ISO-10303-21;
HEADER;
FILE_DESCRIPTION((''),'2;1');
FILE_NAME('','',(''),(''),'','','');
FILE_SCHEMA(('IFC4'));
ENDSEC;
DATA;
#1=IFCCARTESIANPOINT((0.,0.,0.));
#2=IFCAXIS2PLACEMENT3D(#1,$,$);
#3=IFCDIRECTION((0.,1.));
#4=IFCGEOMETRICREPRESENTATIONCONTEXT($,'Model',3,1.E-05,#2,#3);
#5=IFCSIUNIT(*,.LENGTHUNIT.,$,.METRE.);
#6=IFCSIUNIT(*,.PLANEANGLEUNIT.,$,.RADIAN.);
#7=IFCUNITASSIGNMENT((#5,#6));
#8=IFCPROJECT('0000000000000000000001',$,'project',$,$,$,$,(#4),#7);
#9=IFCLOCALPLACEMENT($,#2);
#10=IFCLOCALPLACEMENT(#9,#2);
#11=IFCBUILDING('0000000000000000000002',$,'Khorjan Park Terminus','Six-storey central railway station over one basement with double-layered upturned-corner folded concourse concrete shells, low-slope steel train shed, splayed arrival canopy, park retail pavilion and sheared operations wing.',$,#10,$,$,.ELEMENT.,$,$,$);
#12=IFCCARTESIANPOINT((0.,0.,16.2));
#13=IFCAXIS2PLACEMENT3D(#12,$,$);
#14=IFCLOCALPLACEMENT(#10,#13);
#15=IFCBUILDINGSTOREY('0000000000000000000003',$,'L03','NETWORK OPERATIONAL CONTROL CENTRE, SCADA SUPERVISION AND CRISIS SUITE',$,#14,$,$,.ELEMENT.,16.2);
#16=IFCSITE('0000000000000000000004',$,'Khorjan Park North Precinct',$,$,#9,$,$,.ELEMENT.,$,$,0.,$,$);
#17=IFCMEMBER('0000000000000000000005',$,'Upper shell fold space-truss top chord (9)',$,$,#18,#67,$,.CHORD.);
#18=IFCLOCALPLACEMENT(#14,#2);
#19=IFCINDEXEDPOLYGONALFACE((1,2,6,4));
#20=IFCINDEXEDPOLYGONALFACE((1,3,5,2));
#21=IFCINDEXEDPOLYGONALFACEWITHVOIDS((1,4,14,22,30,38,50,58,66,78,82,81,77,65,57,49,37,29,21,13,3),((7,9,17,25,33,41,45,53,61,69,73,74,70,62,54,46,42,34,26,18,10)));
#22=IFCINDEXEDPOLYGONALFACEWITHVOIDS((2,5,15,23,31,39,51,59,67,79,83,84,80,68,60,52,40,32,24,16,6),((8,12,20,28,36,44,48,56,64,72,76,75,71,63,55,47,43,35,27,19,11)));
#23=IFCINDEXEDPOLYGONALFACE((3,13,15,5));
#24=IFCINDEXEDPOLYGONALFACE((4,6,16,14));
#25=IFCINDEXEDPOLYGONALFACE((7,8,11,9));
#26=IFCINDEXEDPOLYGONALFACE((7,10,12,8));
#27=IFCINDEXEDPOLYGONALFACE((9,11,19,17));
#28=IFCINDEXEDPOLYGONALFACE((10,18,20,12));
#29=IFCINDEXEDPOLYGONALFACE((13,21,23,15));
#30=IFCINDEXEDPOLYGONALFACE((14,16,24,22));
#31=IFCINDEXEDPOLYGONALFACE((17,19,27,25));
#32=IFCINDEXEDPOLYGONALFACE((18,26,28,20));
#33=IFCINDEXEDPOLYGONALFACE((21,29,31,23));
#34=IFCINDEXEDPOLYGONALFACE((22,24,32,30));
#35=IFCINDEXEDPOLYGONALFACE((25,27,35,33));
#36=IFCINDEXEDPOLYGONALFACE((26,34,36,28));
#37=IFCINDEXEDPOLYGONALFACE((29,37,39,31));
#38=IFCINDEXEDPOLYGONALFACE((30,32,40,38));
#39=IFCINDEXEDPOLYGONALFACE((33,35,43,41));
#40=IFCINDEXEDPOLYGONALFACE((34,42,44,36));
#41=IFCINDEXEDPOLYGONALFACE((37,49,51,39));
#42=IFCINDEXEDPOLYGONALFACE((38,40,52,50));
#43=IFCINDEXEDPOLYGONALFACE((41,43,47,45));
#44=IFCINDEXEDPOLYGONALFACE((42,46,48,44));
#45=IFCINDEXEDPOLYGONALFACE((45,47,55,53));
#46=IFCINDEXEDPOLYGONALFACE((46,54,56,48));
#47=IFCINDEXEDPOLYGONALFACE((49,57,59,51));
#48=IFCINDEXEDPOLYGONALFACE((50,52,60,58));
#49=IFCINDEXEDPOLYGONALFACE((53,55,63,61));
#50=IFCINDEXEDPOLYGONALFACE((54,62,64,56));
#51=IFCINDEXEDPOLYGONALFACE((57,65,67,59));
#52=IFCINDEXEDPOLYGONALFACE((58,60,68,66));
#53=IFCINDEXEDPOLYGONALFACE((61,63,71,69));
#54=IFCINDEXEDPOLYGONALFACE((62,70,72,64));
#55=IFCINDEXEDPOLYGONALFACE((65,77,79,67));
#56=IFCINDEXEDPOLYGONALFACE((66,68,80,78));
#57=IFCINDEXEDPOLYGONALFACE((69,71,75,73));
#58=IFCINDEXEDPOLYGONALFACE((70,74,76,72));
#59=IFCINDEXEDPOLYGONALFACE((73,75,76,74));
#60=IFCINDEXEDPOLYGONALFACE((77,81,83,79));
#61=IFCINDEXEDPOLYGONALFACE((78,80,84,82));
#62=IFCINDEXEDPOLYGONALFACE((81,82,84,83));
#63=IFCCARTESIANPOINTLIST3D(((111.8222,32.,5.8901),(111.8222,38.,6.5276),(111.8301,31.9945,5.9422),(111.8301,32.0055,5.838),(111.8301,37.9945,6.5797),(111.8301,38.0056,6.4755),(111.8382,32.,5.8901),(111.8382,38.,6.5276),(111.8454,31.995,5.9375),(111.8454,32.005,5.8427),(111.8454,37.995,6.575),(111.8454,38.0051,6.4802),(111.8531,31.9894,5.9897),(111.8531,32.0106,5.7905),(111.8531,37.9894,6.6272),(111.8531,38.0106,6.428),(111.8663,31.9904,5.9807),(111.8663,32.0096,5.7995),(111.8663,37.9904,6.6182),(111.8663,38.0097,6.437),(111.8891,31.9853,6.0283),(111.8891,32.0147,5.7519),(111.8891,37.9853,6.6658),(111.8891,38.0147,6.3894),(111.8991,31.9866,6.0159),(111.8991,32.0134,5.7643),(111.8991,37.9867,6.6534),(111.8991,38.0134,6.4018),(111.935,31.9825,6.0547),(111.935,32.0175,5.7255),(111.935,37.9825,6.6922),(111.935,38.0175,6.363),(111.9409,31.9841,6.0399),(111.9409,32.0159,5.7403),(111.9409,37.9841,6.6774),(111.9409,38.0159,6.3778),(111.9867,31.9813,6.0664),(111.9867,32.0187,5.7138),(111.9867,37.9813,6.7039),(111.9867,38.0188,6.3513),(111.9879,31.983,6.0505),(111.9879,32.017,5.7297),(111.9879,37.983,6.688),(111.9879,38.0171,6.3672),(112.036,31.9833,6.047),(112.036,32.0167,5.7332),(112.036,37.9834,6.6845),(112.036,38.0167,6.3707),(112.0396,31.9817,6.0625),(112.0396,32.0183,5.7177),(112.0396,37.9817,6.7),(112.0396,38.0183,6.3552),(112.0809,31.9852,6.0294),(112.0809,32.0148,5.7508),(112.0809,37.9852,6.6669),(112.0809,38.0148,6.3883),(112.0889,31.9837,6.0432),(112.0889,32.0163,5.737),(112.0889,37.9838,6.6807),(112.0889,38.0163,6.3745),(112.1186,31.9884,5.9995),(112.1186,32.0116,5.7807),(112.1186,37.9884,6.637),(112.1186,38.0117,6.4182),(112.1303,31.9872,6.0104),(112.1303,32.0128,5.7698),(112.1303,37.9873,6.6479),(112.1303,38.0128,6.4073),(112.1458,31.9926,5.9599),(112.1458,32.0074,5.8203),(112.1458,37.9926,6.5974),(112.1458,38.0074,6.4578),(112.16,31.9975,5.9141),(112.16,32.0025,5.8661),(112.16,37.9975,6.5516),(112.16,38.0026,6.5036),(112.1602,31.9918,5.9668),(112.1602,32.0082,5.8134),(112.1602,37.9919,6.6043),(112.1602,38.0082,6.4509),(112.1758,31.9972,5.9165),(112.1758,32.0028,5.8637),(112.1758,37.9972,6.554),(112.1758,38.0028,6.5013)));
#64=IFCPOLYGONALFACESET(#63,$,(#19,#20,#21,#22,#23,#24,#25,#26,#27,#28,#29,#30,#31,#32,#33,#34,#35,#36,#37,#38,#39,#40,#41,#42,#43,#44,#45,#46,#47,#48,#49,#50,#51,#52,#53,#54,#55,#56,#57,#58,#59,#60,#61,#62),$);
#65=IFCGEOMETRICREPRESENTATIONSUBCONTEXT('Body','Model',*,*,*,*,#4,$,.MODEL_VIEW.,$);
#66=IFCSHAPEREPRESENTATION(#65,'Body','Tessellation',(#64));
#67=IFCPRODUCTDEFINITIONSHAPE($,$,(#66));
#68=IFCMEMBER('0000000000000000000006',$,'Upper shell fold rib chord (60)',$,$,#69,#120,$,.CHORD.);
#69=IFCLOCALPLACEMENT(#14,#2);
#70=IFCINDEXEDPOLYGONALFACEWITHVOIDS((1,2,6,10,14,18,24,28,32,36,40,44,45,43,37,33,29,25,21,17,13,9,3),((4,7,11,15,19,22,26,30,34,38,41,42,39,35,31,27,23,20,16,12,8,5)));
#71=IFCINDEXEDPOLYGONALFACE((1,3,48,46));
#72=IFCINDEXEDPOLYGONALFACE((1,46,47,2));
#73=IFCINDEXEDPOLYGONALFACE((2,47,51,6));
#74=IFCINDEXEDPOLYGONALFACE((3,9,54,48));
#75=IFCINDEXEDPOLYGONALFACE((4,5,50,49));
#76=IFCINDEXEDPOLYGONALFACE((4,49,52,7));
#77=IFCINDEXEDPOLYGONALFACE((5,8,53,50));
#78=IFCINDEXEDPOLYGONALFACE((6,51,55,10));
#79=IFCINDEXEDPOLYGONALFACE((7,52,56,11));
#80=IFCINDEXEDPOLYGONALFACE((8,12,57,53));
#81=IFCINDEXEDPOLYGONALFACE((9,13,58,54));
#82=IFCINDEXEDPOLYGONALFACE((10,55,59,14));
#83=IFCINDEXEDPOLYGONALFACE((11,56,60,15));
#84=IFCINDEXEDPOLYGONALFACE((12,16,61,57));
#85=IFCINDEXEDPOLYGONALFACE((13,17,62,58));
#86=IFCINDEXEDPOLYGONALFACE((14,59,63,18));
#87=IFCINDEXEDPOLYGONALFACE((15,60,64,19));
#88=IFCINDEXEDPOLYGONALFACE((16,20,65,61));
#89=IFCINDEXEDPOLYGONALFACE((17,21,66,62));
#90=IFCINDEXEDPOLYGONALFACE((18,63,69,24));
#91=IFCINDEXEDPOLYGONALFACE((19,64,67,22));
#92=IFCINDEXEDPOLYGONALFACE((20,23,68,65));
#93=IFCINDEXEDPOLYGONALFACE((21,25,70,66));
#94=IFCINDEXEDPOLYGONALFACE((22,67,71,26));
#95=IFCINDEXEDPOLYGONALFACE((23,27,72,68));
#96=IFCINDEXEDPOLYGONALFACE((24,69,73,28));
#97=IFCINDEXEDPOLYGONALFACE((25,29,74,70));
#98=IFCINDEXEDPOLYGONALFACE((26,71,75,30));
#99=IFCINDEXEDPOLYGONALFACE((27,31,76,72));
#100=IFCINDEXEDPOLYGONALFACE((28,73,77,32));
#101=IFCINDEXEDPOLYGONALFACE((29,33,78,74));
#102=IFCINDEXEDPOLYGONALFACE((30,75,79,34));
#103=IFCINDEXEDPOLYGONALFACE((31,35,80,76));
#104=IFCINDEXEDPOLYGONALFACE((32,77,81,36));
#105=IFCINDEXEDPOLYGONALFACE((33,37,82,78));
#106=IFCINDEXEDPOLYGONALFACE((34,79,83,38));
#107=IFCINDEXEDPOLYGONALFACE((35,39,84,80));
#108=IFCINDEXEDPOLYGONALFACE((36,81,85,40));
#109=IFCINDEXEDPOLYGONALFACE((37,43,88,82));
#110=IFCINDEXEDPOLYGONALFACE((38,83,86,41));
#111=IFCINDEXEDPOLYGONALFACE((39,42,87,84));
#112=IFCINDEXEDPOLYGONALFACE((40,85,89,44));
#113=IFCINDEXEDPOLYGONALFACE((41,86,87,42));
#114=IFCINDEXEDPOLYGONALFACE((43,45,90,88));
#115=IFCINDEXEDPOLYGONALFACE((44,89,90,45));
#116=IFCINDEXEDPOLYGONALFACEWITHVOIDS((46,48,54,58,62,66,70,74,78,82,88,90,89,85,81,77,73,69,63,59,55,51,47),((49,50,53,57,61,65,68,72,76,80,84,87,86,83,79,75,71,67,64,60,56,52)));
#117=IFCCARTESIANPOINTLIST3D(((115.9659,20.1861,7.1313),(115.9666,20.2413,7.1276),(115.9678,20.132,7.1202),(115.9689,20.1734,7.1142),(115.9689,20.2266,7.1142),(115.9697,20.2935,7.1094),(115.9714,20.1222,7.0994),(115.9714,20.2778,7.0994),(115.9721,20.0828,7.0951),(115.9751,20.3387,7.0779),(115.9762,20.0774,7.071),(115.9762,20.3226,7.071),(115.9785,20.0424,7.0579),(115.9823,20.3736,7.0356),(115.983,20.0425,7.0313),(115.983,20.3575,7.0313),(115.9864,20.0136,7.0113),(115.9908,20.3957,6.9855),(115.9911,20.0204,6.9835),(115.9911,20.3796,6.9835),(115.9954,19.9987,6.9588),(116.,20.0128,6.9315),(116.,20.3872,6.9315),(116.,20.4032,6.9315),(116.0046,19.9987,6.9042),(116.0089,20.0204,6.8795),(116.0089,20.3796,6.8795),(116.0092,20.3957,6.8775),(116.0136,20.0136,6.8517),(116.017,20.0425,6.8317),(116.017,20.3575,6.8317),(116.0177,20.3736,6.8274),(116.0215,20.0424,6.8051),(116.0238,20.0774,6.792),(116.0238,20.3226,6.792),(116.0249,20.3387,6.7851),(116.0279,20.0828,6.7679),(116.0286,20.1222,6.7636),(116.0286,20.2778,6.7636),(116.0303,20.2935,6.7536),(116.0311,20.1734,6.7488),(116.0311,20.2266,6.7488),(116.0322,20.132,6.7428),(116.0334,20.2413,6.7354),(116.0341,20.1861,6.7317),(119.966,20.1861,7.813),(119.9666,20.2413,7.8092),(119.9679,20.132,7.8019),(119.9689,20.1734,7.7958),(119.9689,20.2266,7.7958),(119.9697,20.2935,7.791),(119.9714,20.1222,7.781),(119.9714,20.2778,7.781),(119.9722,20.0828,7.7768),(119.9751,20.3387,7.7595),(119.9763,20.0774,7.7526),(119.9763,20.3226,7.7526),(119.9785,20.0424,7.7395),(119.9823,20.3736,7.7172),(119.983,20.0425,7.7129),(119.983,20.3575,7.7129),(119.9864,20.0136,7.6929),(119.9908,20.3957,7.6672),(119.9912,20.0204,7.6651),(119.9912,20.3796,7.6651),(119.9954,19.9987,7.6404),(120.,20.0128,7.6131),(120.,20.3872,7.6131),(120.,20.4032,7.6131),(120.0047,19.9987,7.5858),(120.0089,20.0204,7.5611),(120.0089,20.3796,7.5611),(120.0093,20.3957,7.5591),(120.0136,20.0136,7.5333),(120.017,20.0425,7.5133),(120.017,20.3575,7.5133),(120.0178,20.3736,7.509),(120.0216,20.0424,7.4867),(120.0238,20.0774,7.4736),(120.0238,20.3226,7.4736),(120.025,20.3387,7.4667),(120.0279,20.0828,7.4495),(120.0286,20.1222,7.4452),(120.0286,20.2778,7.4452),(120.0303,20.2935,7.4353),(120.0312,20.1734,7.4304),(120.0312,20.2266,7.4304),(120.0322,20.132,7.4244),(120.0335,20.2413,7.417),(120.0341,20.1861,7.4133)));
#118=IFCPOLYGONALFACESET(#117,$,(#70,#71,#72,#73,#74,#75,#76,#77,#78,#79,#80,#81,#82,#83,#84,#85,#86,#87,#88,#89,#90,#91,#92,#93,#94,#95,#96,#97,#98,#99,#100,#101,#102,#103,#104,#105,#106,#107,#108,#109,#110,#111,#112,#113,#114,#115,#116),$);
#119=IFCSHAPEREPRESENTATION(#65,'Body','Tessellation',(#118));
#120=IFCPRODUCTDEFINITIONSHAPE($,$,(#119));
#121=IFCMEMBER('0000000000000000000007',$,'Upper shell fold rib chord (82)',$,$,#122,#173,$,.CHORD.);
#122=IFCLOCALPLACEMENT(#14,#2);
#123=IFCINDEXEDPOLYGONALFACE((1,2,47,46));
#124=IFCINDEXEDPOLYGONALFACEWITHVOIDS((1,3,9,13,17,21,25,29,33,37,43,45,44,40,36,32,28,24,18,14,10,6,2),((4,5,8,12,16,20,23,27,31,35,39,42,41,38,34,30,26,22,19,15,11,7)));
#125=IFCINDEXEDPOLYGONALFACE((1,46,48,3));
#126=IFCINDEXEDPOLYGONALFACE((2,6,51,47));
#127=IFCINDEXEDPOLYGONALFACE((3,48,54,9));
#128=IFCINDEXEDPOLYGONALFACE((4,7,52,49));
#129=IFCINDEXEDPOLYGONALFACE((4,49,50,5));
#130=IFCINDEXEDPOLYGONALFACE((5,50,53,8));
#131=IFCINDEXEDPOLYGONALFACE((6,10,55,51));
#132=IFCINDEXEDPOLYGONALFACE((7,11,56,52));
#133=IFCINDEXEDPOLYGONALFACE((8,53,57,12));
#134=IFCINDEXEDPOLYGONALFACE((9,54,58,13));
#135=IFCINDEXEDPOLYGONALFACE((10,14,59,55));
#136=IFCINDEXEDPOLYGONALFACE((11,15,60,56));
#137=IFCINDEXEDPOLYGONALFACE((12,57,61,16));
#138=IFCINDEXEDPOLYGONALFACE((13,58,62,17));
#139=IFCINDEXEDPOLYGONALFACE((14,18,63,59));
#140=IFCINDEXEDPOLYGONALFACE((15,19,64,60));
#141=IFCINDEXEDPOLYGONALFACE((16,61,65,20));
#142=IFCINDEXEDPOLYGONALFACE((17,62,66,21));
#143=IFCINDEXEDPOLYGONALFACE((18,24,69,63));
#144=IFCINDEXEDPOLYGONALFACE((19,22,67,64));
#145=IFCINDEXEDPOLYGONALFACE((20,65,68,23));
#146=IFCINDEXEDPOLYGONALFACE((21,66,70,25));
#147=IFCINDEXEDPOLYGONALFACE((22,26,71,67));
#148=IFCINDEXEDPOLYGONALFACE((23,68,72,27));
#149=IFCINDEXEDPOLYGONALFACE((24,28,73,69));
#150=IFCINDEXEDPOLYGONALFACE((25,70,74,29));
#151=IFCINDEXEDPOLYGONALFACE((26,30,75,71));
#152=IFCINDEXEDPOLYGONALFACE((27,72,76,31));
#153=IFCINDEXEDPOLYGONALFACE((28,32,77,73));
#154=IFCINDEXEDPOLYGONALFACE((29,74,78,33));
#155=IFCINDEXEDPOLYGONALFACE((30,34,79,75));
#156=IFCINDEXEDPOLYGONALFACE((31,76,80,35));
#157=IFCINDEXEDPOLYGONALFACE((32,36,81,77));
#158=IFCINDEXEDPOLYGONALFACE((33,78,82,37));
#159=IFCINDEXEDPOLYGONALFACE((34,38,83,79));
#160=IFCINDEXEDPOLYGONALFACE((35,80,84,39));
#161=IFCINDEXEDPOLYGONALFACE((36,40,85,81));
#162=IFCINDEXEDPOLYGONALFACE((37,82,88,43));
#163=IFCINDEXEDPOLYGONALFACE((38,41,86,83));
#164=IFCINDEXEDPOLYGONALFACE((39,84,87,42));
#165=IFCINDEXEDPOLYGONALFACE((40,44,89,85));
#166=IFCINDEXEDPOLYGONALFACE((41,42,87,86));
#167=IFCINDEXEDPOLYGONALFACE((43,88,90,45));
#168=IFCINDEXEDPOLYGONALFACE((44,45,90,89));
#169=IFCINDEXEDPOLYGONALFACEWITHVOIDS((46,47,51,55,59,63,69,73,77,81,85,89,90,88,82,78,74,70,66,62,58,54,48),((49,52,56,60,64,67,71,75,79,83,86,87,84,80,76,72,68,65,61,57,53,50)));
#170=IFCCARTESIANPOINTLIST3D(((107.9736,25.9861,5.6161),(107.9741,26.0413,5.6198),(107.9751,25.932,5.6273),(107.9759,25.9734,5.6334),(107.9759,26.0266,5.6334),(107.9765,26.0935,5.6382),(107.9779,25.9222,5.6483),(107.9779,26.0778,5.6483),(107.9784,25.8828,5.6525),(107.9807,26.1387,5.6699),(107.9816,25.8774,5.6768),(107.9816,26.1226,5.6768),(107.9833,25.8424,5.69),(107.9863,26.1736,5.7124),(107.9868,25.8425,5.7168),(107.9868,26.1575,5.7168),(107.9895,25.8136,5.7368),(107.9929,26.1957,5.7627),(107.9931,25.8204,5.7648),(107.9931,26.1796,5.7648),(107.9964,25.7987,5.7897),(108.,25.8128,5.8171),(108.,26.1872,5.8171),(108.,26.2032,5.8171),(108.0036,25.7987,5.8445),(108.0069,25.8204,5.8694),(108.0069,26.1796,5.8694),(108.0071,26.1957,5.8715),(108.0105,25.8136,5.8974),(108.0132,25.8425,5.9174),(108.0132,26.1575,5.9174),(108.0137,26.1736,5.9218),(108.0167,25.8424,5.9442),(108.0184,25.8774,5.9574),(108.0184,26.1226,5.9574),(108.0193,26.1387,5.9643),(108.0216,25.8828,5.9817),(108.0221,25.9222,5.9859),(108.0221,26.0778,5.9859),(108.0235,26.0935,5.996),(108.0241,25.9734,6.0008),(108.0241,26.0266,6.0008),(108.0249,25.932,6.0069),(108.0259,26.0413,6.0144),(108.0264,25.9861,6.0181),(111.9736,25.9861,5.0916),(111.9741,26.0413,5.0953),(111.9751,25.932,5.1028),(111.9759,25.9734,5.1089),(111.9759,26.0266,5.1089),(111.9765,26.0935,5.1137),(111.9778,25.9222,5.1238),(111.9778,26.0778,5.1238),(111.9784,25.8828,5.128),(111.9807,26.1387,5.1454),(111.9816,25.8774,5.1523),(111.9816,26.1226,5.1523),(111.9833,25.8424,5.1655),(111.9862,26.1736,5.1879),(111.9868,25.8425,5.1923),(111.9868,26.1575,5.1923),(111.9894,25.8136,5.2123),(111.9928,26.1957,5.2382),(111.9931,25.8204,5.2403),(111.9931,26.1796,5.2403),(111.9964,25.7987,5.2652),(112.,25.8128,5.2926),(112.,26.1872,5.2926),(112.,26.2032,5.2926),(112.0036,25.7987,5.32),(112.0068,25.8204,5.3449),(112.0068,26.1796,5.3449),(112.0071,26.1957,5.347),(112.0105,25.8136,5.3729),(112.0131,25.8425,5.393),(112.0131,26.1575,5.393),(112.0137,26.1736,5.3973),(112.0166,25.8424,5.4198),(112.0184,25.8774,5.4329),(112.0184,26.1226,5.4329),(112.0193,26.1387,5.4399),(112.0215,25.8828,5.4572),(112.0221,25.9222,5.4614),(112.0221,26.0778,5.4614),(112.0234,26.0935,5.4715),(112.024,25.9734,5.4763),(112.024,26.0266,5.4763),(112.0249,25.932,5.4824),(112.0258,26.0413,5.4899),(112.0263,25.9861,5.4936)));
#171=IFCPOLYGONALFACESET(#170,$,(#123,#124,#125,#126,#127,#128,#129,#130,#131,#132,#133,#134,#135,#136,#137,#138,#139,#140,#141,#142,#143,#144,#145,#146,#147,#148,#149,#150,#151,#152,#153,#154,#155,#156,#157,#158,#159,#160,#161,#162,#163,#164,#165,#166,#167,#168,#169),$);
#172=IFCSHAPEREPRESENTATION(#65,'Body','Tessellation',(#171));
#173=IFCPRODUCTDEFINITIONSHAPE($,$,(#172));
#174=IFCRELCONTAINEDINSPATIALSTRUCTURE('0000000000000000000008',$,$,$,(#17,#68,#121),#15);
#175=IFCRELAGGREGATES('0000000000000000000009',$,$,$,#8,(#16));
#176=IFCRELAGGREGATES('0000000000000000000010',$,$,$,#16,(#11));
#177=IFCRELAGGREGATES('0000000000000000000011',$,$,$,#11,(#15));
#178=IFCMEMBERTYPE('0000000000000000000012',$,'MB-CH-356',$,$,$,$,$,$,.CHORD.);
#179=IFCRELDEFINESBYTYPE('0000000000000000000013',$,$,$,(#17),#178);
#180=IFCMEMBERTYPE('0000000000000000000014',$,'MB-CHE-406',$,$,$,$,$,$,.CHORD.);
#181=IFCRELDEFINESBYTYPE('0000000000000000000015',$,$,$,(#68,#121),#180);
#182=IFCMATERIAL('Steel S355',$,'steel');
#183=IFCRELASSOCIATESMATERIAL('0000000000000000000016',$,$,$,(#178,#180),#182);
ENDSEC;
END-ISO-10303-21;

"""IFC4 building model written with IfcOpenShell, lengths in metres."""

from ifc_helpers import new_model, si_unit, direction, frame, origin, origin_2d, place, context, subcontext, project, spatial, hollow_circle, extrude, material, material_profile, profile_set, type_object, element, save


model = new_model("IFC4")

# Units and contexts
model_context = context("Model", 3, precision=1e-05, world=origin(), true_north=direction((0.0, 1.0)))
body_context = subcontext(model_context, "Body", "Model", "MODEL_VIEW")
ifc_project = project(units=[si_unit("LENGTHUNIT", "METRE"), si_unit("PLANEANGLEUNIT", "RADIAN")], contexts=[model_context])

# Site, building, storey
site_placement = place(None, origin())
site = spatial("IfcSite", under=ifc_project, at=site_placement, Name="Khorjan Park North Precinct", CompositionType="ELEMENT", RefElevation=0.0)
building_placement = place(site_placement, origin())
building = spatial("IfcBuilding", under=site, at=building_placement, Name="Khorjan Park Terminus", Description="Six-storey central railway station over one basement with double-layered upturned-corner folded concourse concrete shells, low-slope steel train shed, splayed arrival canopy, park retail pavilion and sheared operations wing.", CompositionType="ELEMENT")
storey_placement = place(building_placement, frame((0.0, 0.0, 16.2)))
storey = spatial("IfcBuildingStorey", under=building, at=storey_placement, Name="L03", Description="NETWORK OPERATIONAL CONTROL CENTRE, SCADA SUPERVISION AND CRISIS SUITE", CompositionType="ELEMENT", Elevation=16.2)

# Members
ifc_material_1 = material(Name="Steel S355", Category="steel")
ifc_material_profile_1 = material_profile(ifc_material_1, hollow_circle(Radius=0.1778, WallThickness=0.016, at=origin_2d()), Name="CHS 355.6x16")
ifc_profile_set_1 = profile_set([ifc_material_profile_1], Name="Steel S355")
member_type_1 = type_object("IfcMemberType", Name="MB-CH-356", PredefinedType="CHORD", material=ifc_profile_set_1)
for number, where, z_axis, x_axis, name in (
    (1, (112.0, 32.0, 5.8901), (0.0, 0.994403, 0.105655), (-1.0, 0.0, 0.0), "Upper shell fold space-truss top chord (9)"),
):
    element("IfcMember", number, at=place(storey_placement, frame(where, z_axis=z_axis, x_axis=x_axis)), inside=storey, type_object=member_type_1, Name=name, PredefinedType="CHORD", context=body_context, shape_type="SweptSolid", body=[
        extrude(hollow_circle(Radius=0.1778, WallThickness=0.016, at=origin_2d()), origin(), (0.0, 0.0, 1.0), 6.0338),
    ])
ifc_material_profile_2 = material_profile(ifc_material_1, hollow_circle(Radius=0.2032, WallThickness=0.016, at=origin_2d()), Name="CHS 406.4x16")
ifc_profile_set_2 = profile_set([ifc_material_profile_2], Name="Steel S355")
member_type_2 = type_object("IfcMemberType", Name="MB-CHE-406", PredefinedType="CHORD", material=ifc_profile_set_2)
member_1_placement = place(storey_placement, frame((116.0, 20.2, 6.9315), z_axis=(0.985791, 0.0, 0.167979), x_axis=(0.0, 1.0, 0.0)))
element("IfcMember", 2, at=member_1_placement, inside=storey, type_object=member_type_2, Name="Upper shell fold rib chord (60)", PredefinedType="CHORD", context=body_context, shape_type="SweptSolid", body=[
    extrude(hollow_circle(Radius=0.2032, WallThickness=0.016, at=origin_2d()), origin(), (0.0, 0.0, 1.0), 4.0577),
])
member_2_placement = place(storey_placement, frame((108.0, 26.0, 5.8171), z_axis=(0.991512, 0.0, -0.130012), x_axis=(0.0, 1.0, 0.0)))
element("IfcMember", 3, at=member_2_placement, inside=storey, type_object=member_type_2, Name="Upper shell fold rib chord (82)", PredefinedType="CHORD", context=body_context, shape_type="SweptSolid", body=[
    extrude(hollow_circle(Radius=0.2032, WallThickness=0.016, at=origin_2d()), origin(), (0.0, 0.0, 1.0), 4.0342),
])

save(model, "model.ifc")
